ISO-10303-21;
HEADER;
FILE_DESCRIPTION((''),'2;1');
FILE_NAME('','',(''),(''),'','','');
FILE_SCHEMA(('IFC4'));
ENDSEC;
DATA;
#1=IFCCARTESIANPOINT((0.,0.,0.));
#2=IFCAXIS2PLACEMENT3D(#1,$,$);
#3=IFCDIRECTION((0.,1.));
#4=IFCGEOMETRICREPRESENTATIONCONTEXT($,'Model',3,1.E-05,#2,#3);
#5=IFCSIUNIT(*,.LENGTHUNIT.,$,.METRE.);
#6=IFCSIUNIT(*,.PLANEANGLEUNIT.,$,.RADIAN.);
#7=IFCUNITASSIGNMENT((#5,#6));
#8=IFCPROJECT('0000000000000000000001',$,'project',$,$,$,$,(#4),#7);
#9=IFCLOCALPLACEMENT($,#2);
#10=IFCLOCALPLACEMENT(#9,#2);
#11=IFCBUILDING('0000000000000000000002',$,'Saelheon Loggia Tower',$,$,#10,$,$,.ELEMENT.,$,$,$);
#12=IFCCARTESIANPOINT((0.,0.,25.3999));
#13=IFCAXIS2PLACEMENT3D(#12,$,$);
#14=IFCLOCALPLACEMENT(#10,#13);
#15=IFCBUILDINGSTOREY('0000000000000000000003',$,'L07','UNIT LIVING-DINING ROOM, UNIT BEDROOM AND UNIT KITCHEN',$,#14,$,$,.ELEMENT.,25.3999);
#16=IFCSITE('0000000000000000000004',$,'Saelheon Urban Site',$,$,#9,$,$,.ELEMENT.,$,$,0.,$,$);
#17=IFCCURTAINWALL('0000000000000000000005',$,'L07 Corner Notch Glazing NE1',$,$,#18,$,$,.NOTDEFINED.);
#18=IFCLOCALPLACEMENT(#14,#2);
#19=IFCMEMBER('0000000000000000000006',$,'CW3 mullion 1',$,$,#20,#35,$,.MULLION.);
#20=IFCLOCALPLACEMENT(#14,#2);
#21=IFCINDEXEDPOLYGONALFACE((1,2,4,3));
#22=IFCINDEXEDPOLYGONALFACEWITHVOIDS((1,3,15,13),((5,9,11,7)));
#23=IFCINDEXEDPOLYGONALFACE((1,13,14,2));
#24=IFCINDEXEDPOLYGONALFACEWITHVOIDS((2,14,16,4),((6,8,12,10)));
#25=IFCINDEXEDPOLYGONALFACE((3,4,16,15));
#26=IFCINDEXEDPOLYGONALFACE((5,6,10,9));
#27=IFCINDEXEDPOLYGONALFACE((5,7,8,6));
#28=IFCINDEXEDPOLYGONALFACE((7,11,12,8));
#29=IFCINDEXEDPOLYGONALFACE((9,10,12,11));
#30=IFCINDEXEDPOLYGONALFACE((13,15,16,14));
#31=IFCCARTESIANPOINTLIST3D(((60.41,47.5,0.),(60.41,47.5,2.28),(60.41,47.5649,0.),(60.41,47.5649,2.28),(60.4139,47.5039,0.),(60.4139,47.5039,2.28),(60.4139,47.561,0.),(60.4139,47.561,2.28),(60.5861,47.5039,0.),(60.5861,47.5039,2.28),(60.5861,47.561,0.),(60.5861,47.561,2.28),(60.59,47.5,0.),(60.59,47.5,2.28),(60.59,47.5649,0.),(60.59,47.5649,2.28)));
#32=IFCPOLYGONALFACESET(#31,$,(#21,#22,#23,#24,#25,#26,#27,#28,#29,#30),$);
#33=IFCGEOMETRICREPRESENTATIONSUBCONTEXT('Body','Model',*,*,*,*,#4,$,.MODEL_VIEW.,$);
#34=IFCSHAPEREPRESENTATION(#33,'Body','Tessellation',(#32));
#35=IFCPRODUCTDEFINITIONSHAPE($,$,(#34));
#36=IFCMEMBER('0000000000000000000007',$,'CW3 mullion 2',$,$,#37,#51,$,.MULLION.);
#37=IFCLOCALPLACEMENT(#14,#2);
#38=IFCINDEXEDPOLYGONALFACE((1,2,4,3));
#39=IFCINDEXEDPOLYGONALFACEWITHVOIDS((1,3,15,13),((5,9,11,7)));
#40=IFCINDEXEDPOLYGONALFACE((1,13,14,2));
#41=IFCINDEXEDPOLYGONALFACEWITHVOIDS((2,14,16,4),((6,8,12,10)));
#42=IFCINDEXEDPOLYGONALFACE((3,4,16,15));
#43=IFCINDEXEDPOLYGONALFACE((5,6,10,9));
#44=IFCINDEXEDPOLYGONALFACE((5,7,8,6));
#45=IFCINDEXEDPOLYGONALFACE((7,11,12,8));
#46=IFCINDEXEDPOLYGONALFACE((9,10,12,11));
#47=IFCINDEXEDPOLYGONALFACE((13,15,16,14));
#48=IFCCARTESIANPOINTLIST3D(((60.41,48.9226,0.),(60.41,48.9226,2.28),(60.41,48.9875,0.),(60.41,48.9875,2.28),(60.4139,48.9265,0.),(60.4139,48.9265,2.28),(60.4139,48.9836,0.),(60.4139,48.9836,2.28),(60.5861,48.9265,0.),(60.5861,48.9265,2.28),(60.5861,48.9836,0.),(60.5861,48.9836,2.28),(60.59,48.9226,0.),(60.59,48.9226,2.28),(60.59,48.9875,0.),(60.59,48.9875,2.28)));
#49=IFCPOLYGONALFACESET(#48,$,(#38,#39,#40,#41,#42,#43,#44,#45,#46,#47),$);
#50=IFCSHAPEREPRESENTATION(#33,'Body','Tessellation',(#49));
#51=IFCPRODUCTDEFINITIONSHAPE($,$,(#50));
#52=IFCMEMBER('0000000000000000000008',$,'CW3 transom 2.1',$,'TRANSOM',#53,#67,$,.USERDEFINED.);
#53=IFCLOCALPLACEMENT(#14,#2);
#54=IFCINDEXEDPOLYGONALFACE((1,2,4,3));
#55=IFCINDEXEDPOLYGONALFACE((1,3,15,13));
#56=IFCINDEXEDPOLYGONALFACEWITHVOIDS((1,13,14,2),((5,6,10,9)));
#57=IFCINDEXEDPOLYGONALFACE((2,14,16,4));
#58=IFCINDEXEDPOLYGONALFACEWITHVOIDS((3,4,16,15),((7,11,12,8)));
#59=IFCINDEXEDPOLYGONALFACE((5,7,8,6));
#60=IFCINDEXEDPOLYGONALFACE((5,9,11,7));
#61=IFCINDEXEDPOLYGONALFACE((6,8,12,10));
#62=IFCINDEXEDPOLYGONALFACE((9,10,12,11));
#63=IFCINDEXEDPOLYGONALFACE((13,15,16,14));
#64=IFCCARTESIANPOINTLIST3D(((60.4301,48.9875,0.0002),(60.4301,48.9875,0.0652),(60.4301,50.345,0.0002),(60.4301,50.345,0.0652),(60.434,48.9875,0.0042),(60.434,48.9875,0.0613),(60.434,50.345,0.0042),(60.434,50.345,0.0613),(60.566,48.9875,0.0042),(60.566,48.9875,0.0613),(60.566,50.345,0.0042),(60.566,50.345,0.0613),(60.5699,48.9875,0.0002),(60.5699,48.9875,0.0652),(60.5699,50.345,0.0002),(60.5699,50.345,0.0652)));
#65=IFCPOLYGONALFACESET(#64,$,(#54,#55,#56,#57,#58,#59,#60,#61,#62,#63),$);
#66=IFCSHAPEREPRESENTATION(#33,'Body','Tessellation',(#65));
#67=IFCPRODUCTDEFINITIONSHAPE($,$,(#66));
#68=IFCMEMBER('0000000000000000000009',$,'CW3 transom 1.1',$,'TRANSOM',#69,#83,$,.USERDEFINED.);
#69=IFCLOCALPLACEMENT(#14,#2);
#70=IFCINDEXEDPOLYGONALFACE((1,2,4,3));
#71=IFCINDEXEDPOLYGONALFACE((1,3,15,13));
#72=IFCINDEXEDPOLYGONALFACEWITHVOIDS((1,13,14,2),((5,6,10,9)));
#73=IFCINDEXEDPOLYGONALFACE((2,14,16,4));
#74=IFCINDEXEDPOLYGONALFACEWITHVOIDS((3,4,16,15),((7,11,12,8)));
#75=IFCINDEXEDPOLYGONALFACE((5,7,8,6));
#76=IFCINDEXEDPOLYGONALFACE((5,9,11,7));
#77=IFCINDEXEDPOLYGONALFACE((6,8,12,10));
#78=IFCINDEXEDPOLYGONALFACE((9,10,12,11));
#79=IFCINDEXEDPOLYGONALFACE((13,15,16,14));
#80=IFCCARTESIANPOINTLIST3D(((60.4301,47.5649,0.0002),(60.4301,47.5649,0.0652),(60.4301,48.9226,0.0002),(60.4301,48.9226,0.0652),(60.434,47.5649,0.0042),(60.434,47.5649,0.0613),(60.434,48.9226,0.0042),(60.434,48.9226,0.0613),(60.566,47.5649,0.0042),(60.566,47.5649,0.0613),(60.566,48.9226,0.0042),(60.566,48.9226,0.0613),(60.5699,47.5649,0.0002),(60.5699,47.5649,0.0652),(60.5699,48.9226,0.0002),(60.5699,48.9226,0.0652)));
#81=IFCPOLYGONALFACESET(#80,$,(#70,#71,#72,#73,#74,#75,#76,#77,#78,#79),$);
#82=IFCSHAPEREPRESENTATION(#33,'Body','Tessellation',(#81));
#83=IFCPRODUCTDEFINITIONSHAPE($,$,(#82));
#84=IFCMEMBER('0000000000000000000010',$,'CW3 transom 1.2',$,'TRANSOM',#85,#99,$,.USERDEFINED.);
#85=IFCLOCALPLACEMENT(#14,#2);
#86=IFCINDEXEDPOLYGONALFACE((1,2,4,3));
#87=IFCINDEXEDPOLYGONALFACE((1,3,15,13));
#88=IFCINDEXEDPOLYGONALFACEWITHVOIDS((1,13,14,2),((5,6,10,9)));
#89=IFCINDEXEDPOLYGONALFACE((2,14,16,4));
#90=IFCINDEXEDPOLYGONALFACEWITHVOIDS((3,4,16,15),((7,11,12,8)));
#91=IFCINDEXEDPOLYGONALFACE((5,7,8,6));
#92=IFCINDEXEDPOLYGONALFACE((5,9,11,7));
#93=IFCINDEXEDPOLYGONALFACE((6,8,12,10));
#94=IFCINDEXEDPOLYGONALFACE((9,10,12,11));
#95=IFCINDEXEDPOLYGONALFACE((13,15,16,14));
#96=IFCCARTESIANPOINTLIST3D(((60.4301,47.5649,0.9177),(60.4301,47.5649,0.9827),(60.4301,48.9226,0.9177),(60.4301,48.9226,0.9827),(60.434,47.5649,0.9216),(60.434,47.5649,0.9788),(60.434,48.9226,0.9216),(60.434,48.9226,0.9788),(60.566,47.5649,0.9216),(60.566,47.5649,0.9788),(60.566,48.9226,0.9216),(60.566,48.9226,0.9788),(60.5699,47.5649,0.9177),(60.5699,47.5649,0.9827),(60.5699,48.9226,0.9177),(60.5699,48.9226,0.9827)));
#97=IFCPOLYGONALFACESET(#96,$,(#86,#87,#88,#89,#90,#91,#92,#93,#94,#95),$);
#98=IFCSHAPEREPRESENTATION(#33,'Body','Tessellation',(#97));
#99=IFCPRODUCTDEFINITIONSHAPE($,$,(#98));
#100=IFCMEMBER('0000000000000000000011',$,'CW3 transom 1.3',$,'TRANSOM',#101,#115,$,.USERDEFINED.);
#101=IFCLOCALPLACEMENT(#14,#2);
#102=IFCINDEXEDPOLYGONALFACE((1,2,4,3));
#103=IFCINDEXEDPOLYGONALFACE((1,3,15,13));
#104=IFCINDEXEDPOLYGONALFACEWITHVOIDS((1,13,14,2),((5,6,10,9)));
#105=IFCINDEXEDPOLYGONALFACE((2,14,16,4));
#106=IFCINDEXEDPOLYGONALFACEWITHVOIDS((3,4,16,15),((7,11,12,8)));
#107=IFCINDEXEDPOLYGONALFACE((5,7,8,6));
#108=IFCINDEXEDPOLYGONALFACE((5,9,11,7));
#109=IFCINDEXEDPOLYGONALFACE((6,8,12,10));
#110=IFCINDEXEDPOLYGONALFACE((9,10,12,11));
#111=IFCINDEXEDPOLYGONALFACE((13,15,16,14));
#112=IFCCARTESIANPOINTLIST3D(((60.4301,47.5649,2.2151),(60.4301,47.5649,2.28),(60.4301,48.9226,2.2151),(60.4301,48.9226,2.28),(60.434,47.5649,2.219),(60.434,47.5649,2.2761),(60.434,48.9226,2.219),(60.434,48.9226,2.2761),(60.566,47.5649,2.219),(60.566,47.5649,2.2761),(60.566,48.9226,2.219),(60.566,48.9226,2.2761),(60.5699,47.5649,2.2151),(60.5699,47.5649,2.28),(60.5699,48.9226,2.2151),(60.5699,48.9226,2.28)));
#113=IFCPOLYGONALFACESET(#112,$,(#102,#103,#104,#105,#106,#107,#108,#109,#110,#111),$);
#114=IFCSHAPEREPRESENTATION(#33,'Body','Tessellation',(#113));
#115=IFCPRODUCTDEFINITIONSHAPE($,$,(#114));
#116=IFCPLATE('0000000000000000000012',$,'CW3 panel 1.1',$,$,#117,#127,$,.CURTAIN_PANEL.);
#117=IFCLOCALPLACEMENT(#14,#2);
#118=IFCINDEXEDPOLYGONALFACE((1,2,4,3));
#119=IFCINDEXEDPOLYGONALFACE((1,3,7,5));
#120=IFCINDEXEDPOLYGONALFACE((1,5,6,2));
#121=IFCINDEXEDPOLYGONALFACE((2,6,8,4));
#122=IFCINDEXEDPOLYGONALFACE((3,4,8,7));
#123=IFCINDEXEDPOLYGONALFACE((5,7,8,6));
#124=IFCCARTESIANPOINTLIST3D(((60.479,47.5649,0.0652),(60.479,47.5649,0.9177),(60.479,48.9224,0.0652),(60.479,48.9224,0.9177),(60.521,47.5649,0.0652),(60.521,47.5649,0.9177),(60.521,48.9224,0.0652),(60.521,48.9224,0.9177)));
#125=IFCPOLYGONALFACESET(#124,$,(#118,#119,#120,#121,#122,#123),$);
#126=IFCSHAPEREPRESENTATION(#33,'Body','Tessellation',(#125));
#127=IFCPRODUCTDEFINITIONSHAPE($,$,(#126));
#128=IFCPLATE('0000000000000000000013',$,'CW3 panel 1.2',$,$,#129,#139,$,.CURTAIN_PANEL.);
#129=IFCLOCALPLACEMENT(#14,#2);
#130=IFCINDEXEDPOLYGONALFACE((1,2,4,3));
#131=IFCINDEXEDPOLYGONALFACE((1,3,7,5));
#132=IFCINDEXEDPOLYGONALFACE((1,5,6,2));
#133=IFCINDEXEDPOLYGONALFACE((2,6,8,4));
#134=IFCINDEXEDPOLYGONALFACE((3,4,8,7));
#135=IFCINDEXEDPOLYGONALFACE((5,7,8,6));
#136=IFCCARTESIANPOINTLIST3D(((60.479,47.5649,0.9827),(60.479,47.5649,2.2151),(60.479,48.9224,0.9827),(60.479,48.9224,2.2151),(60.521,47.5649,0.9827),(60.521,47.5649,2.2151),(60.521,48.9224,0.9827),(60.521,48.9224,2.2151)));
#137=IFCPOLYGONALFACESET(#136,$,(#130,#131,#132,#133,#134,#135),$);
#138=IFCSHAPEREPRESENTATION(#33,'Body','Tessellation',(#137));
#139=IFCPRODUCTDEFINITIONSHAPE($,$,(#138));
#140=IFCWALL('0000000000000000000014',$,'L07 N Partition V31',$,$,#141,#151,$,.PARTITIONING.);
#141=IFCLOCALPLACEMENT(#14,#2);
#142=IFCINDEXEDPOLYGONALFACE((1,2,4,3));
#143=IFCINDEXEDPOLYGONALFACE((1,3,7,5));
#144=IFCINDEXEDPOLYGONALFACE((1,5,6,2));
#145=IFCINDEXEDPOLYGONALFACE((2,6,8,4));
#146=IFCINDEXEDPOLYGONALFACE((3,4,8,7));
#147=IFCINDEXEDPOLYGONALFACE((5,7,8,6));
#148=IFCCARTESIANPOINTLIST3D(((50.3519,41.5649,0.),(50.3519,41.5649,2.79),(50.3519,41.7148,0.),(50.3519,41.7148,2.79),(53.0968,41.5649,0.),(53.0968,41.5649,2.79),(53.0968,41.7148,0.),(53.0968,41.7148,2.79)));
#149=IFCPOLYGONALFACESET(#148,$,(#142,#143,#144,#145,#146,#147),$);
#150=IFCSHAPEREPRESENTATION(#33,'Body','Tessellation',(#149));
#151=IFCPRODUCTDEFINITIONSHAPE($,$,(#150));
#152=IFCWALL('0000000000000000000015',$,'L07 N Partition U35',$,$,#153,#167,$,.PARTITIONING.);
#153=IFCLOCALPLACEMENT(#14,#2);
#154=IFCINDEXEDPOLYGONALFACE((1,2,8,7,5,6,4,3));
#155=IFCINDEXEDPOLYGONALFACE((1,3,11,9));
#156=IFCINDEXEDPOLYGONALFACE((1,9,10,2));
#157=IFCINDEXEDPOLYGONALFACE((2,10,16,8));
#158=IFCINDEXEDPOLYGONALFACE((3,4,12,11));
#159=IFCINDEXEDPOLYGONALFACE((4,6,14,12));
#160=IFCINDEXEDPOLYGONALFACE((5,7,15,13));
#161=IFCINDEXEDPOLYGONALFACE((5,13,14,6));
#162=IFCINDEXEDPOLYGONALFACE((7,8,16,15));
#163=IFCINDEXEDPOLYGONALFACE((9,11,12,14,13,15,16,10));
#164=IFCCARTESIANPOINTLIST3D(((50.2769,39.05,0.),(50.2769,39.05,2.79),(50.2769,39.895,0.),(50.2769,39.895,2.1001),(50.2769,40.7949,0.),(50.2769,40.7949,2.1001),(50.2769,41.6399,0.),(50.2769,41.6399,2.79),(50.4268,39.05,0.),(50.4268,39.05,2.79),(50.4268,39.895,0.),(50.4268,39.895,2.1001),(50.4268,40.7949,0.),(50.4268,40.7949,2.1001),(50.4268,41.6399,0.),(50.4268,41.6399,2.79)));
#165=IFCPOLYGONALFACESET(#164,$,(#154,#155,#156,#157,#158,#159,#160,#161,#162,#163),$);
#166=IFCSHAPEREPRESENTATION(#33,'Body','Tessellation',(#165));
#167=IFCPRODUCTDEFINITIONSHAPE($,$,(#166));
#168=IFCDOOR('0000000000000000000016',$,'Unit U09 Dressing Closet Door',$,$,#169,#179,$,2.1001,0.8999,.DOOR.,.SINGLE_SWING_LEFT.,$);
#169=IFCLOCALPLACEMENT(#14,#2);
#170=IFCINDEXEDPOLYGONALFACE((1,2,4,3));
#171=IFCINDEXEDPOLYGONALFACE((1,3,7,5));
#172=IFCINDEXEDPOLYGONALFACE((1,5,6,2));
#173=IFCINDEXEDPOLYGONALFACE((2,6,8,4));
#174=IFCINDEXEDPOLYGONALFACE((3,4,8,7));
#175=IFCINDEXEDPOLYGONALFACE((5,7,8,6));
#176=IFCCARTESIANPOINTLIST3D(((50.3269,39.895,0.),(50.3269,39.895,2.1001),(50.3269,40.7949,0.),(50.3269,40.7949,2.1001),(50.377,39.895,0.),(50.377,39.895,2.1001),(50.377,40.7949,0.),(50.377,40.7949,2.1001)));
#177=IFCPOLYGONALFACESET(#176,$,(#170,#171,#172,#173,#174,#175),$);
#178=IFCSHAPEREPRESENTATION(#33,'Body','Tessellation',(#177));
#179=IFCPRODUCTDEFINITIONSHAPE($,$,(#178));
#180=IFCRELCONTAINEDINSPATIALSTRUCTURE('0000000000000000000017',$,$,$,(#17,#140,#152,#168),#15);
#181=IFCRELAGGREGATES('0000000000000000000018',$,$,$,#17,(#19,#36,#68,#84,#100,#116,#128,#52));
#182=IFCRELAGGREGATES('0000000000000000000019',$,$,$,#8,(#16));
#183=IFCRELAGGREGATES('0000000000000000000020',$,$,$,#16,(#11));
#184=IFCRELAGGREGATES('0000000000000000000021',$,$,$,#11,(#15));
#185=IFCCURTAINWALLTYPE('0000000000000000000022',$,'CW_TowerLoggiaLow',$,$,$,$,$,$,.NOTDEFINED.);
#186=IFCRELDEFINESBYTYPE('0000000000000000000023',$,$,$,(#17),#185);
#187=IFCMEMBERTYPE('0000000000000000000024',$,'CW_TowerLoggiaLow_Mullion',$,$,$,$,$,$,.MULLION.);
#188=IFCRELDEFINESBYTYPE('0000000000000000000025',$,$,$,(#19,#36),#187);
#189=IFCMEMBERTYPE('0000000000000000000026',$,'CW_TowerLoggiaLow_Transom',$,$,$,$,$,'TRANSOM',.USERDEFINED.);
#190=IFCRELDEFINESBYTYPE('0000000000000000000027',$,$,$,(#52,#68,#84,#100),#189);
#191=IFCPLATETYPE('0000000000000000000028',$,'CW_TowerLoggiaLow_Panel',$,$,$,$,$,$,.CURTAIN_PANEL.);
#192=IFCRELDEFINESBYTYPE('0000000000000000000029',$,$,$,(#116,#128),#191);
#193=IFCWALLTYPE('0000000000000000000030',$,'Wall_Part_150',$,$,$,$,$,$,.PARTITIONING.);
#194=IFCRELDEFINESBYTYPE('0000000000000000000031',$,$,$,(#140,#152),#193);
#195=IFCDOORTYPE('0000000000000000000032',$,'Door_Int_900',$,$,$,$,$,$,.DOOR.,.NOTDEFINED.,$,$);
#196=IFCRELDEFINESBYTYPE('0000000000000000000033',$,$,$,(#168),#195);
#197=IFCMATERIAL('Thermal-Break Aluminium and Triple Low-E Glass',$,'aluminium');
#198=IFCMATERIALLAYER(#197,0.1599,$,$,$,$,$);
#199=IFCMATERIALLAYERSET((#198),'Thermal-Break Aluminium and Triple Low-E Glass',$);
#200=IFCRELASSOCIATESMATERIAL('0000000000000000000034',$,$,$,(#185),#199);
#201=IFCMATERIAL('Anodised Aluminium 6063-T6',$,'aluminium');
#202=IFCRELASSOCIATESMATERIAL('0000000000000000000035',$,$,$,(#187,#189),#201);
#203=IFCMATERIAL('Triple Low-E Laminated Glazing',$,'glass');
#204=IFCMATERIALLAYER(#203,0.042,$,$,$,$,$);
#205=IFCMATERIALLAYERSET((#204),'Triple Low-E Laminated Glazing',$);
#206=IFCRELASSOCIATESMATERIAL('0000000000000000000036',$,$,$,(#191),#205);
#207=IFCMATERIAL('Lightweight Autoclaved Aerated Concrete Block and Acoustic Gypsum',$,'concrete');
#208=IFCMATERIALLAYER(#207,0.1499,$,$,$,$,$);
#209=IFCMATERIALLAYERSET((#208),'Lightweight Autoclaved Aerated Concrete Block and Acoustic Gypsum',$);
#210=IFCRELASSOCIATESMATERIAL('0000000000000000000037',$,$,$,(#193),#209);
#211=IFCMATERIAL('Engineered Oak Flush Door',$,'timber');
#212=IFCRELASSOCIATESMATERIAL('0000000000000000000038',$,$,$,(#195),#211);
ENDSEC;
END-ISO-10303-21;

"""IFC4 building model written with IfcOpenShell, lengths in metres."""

from ifc_helpers import new_model, si_unit, direction, frame, frame_2d, origin, origin_2d, place, context, subcontext, project, spatial, rectangle, hollow_rectangle, extrude, source, transform, mapped, material, layer, layer_set, material_profile, profile_set, type_object, element, fill, aggregate, save


model = new_model("IFC4")

# Units and contexts
model_context = context("Model", 3, precision=1e-05, world=origin(), true_north=direction((0.0, 1.0)))
body_context = subcontext(model_context, "Body", "Model", "MODEL_VIEW")
ifc_project = project(units=[si_unit("LENGTHUNIT", "METRE"), si_unit("PLANEANGLEUNIT", "RADIAN")], contexts=[model_context])

# Site, building, storey
site_placement = place(None, origin())
site = spatial("IfcSite", under=ifc_project, at=site_placement, Name="Saelheon Urban Site", CompositionType="ELEMENT", RefElevation=0.0)
building_placement = place(site_placement, origin())
building = spatial("IfcBuilding", under=site, at=building_placement, Name="Saelheon Loggia Tower", CompositionType="ELEMENT")
storey_placement = place(building_placement, frame((0.0, 0.0, 25.3999)))
storey = spatial("IfcBuildingStorey", under=building, at=storey_placement, Name="L07", Description="UNIT LIVING-DINING ROOM, UNIT BEDROOM AND UNIT KITCHEN", CompositionType="ELEMENT", Elevation=25.3999)

# Curtain wall, members, plates
ifc_material_1 = material(Name="Thermal-Break Aluminium and Triple Low-E Glass", Category="aluminium")
ifc_layer_1 = layer(ifc_material_1, 0.1599)
ifc_layer_set_1 = layer_set([ifc_layer_1], Name="Thermal-Break Aluminium and Triple Low-E Glass")
curtain_wall_type = type_object("IfcCurtainWallType", Name="CW_TowerLoggiaLow", PredefinedType="NOTDEFINED", material=ifc_layer_set_1)
curtain_wall_placement = place(storey_placement, origin())
curtain_wall = element("IfcCurtainWall", 1, at=curtain_wall_placement, inside=storey, type_object=curtain_wall_type, Name="L07 Corner Notch Glazing NE1", PredefinedType="NOTDEFINED")
ifc_material_2 = material(Name="Anodised Aluminium 6063-T6", Category="aluminium")
ifc_material_profile_1 = material_profile(ifc_material_2, hollow_rectangle(XDim=0.0649, YDim=0.1799, WallThickness=0.0039, at=origin_2d()), Name="RHS-180x65x4")
ifc_profile_set_1 = profile_set([ifc_material_profile_1], Name="Anodised Aluminium 6063-T6")
member_type_1 = type_object("IfcMemberType", Name="CW_TowerLoggiaLow_Mullion", PredefinedType="MULLION", material=ifc_profile_set_1)
shared_shape_1 = source(origin(), body_context, "Body", "SweptSolid", [
    extrude(hollow_rectangle(XDim=0.0649, YDim=0.1799, WallThickness=0.0039, at=origin_2d()), origin(), (0.0, 0.0, 1.0), 2.28),
])
member_1_placement = place(storey_placement, frame((60.5, 47.5325, 0.0), z_axis=(0.0, 0.0, 1.0), x_axis=(0.0, 1.0, 0.0)))
member_1 = element("IfcMember", 2, at=member_1_placement, type_object=member_type_1, Name="CW3 mullion 1", PredefinedType="MULLION", context=body_context, shape_type="MappedRepresentation", body=[
    mapped(shared_shape_1, transform((0.0, 0.0, 0.0), scale=1.0)),
])
member_2_placement = place(storey_placement, frame((60.5, 48.9551, 0.0), z_axis=(0.0, 0.0, 1.0), x_axis=(0.0, 1.0, 0.0)))
member_2 = element("IfcMember", 3, at=member_2_placement, type_object=member_type_1, Name="CW3 mullion 2", PredefinedType="MULLION", context=body_context, shape_type="MappedRepresentation", body=[
    mapped(shared_shape_1, transform((0.0, 0.0, 0.0), scale=1.0)),
])
ifc_material_profile_2 = material_profile(ifc_material_2, hollow_rectangle(XDim=0.0649, YDim=0.1399, WallThickness=0.0039, at=origin_2d()), Name="RHS-140x65x4")
ifc_profile_set_2 = profile_set([ifc_material_profile_2], Name="Anodised Aluminium 6063-T6")
member_type_2 = type_object("IfcMemberType", Name="CW_TowerLoggiaLow_Transom", ElementType="TRANSOM", PredefinedType="USERDEFINED", material=ifc_profile_set_2)
shared_shape_2 = source(origin(), body_context, "Body", "SweptSolid", [
    extrude(hollow_rectangle(XDim=0.0649, YDim=0.1399, WallThickness=0.0039, at=origin_2d()), origin(), (0.0, 0.0, 1.0), 1.3574),
])
member_3_placement = place(storey_placement, frame((60.5, 48.9875, 0.0327), z_axis=(0.0, 1.0, 0.0), x_axis=(0.0, 0.0, 1.0)))
member_3 = element("IfcMember", 4, at=member_3_placement, type_object=member_type_2, Name="CW3 transom 2.1", ObjectType="TRANSOM", PredefinedType="USERDEFINED", context=body_context, shape_type="MappedRepresentation", body=[
    mapped(shared_shape_2, transform((0.0, 0.0, 0.0), scale=1.0)),
])
shared_shape_3 = source(origin(), body_context, "Body", "SweptSolid", [
    extrude(hollow_rectangle(XDim=0.0649, YDim=0.1399, WallThickness=0.0039, at=origin_2d()), origin(), (0.0, 0.0, 1.0), 1.3577),
])
member_4_placement = place(storey_placement, frame((60.5, 47.5649, 0.0327), z_axis=(0.0, 1.0, 0.0), x_axis=(0.0, 0.0, 1.0)))
member_4 = element("IfcMember", 5, at=member_4_placement, type_object=member_type_2, Name="CW3 transom 1.1", ObjectType="TRANSOM", PredefinedType="USERDEFINED", context=body_context, shape_type="MappedRepresentation", body=[
    mapped(shared_shape_3, transform((0.0, 0.0, 0.0), scale=1.0)),
])
member_5_placement = place(storey_placement, frame((60.5, 47.5649, 0.9502), z_axis=(0.0, 1.0, 0.0), x_axis=(0.0, 0.0, 1.0)))
member_5 = element("IfcMember", 6, at=member_5_placement, type_object=member_type_2, Name="CW3 transom 1.2", ObjectType="TRANSOM", PredefinedType="USERDEFINED", context=body_context, shape_type="MappedRepresentation", body=[
    mapped(shared_shape_3, transform((0.0, 0.0, 0.0), scale=1.0)),
])
member_6_placement = place(storey_placement, frame((60.5, 47.5649, 2.2476), z_axis=(0.0, 1.0, 0.0), x_axis=(0.0, 0.0, 1.0)))
member_6 = element("IfcMember", 7, at=member_6_placement, type_object=member_type_2, Name="CW3 transom 1.3", ObjectType="TRANSOM", PredefinedType="USERDEFINED", context=body_context, shape_type="MappedRepresentation", body=[
    mapped(shared_shape_3, transform((0.0, 0.0, 0.0), scale=1.0)),
])
ifc_material_3 = material(Name="Triple Low-E Laminated Glazing", Category="glass")
ifc_layer_2 = layer(ifc_material_3, 0.042)
ifc_layer_set_2 = layer_set([ifc_layer_2], Name="Triple Low-E Laminated Glazing")
plate_type = type_object("IfcPlateType", Name="CW_TowerLoggiaLow_Panel", PredefinedType="CURTAIN_PANEL", material=ifc_layer_set_2)
shared_shape_4 = source(origin(), body_context, "Body", "SweptSolid", [
    extrude(rectangle(XDim=1.3574, YDim=0.042, at=origin_2d()), origin(), (0.0, 0.0, 1.0), 0.8525),
])
plate_1_placement = place(storey_placement, frame((60.5, 48.2437, 0.0652), z_axis=(0.0, 0.0, 1.0), x_axis=(0.0, 1.0, 0.0)))
plate_1 = element("IfcPlate", 8, at=plate_1_placement, type_object=plate_type, Name="CW3 panel 1.1", PredefinedType="CURTAIN_PANEL", context=body_context, shape_type="MappedRepresentation", body=[
    mapped(shared_shape_4, transform((0.0, 0.0, 0.0), scale=1.0)),
])
shared_shape_5 = source(origin(), body_context, "Body", "SweptSolid", [
    extrude(rectangle(XDim=1.3574, YDim=0.042, at=origin_2d()), origin(), (0.0, 0.0, 1.0), 1.2324),
])
plate_2_placement = place(storey_placement, frame((60.5, 48.2437, 0.9827), z_axis=(0.0, 0.0, 1.0), x_axis=(0.0, 1.0, 0.0)))
plate_2 = element("IfcPlate", 9, at=plate_2_placement, type_object=plate_type, Name="CW3 panel 1.2", PredefinedType="CURTAIN_PANEL", context=body_context, shape_type="MappedRepresentation", body=[
    mapped(shared_shape_5, transform((0.0, 0.0, 0.0), scale=1.0)),
])
aggregate(curtain_wall, [member_1, member_2, member_4, member_5, member_6, plate_1, plate_2, member_3])

# Wall
ifc_material_4 = material(Name="Lightweight Autoclaved Aerated Concrete Block and Acoustic Gypsum", Category="concrete")
ifc_layer_3 = layer(ifc_material_4, 0.1499)
ifc_layer_set_3 = layer_set([ifc_layer_3], Name="Lightweight Autoclaved Aerated Concrete Block and Acoustic Gypsum")
wall_type_1 = type_object("IfcWallType", Name="Wall_Part_150", PredefinedType="PARTITIONING", material=ifc_layer_set_3)
wall_1_placement = place(storey_placement, frame((50.3518, 41.6399, 0.0), z_axis=(0.0, 0.0, 1.0), x_axis=(1.0, 0.0, 0.0)))
element("IfcWall", 10, at=wall_1_placement, inside=storey, type_object=wall_type_1, Name="L07 N Partition V31", PredefinedType="PARTITIONING", context=body_context, shape_type="SweptSolid", body=[
    extrude(rectangle(XDim=2.7449, YDim=0.1499, at=frame_2d((1.3726, 0.0))), origin(), (0.0, 0.0, 1.0), 2.79),
])

# Wall, opening, door
wall_2_placement = place(storey_placement, frame((50.3518, 39.05, 0.0), z_axis=(0.0, 0.0, 1.0), x_axis=(0.0, 1.0, 0.0)))
wall_2 = element("IfcWall", 11, at=wall_2_placement, inside=storey, type_object=wall_type_1, Name="L07 N Partition U35", PredefinedType="PARTITIONING", context=body_context, shape_type="SweptSolid", body=[
    extrude(rectangle(XDim=2.5898, YDim=0.1499, at=frame_2d((1.2949, 0.0))), origin(), (0.0, 0.0, 1.0), 2.79),
])
opening_1_placement = place(wall_2_placement, frame((0.845, 0.0, 0.0)))
opening_1 = element("IfcOpeningElement", 12, at=opening_1_placement, cuts=wall_2, PredefinedType="OPENING", context=body_context, shape_type="SweptSolid", body=[
    extrude(rectangle(XDim=0.8999, YDim=2.1001, at=frame_2d((0.45, 1.05))), frame((0.0, 0.0869, 0.0), z_axis=(0.0, -1.0, 0.0), x_axis=(1.0, 0.0, 0.0)), (0.0, 0.0, 1.0), 0.1738),
])
ifc_material_5 = material(Name="Engineered Oak Flush Door", Category="timber")
door_type_1 = type_object("IfcDoorType", Name="Door_Int_900", OperationType="NOTDEFINED", PredefinedType="DOOR", material=ifc_material_5)
shared_shape_6 = source(origin(), body_context, "Body", "SweptSolid", [
    extrude(rectangle(XDim=0.8999, YDim=2.1001, at=frame_2d((0.45, 1.05))), frame((0.0, 0.0249, 0.0), z_axis=(0.0, -1.0, 0.0), x_axis=(1.0, 0.0, 0.0)), (0.0, 0.0, 1.0), 0.05),
])
door_1_placement = place(opening_1_placement, origin())
door_1 = element("IfcDoor", 13, at=door_1_placement, inside=storey, type_object=door_type_1, Name="Unit U09 Dressing Closet Door", OperationType="SINGLE_SWING_LEFT", OverallHeight=2.1001, OverallWidth=0.8999, PredefinedType="DOOR", context=body_context, shape_type="MappedRepresentation", body=[
    mapped(shared_shape_6, transform((0.0, 0.0, 0.0), scale=1.0)),
])
fill(opening_1, door_1)

save(model, "model.ifc")
